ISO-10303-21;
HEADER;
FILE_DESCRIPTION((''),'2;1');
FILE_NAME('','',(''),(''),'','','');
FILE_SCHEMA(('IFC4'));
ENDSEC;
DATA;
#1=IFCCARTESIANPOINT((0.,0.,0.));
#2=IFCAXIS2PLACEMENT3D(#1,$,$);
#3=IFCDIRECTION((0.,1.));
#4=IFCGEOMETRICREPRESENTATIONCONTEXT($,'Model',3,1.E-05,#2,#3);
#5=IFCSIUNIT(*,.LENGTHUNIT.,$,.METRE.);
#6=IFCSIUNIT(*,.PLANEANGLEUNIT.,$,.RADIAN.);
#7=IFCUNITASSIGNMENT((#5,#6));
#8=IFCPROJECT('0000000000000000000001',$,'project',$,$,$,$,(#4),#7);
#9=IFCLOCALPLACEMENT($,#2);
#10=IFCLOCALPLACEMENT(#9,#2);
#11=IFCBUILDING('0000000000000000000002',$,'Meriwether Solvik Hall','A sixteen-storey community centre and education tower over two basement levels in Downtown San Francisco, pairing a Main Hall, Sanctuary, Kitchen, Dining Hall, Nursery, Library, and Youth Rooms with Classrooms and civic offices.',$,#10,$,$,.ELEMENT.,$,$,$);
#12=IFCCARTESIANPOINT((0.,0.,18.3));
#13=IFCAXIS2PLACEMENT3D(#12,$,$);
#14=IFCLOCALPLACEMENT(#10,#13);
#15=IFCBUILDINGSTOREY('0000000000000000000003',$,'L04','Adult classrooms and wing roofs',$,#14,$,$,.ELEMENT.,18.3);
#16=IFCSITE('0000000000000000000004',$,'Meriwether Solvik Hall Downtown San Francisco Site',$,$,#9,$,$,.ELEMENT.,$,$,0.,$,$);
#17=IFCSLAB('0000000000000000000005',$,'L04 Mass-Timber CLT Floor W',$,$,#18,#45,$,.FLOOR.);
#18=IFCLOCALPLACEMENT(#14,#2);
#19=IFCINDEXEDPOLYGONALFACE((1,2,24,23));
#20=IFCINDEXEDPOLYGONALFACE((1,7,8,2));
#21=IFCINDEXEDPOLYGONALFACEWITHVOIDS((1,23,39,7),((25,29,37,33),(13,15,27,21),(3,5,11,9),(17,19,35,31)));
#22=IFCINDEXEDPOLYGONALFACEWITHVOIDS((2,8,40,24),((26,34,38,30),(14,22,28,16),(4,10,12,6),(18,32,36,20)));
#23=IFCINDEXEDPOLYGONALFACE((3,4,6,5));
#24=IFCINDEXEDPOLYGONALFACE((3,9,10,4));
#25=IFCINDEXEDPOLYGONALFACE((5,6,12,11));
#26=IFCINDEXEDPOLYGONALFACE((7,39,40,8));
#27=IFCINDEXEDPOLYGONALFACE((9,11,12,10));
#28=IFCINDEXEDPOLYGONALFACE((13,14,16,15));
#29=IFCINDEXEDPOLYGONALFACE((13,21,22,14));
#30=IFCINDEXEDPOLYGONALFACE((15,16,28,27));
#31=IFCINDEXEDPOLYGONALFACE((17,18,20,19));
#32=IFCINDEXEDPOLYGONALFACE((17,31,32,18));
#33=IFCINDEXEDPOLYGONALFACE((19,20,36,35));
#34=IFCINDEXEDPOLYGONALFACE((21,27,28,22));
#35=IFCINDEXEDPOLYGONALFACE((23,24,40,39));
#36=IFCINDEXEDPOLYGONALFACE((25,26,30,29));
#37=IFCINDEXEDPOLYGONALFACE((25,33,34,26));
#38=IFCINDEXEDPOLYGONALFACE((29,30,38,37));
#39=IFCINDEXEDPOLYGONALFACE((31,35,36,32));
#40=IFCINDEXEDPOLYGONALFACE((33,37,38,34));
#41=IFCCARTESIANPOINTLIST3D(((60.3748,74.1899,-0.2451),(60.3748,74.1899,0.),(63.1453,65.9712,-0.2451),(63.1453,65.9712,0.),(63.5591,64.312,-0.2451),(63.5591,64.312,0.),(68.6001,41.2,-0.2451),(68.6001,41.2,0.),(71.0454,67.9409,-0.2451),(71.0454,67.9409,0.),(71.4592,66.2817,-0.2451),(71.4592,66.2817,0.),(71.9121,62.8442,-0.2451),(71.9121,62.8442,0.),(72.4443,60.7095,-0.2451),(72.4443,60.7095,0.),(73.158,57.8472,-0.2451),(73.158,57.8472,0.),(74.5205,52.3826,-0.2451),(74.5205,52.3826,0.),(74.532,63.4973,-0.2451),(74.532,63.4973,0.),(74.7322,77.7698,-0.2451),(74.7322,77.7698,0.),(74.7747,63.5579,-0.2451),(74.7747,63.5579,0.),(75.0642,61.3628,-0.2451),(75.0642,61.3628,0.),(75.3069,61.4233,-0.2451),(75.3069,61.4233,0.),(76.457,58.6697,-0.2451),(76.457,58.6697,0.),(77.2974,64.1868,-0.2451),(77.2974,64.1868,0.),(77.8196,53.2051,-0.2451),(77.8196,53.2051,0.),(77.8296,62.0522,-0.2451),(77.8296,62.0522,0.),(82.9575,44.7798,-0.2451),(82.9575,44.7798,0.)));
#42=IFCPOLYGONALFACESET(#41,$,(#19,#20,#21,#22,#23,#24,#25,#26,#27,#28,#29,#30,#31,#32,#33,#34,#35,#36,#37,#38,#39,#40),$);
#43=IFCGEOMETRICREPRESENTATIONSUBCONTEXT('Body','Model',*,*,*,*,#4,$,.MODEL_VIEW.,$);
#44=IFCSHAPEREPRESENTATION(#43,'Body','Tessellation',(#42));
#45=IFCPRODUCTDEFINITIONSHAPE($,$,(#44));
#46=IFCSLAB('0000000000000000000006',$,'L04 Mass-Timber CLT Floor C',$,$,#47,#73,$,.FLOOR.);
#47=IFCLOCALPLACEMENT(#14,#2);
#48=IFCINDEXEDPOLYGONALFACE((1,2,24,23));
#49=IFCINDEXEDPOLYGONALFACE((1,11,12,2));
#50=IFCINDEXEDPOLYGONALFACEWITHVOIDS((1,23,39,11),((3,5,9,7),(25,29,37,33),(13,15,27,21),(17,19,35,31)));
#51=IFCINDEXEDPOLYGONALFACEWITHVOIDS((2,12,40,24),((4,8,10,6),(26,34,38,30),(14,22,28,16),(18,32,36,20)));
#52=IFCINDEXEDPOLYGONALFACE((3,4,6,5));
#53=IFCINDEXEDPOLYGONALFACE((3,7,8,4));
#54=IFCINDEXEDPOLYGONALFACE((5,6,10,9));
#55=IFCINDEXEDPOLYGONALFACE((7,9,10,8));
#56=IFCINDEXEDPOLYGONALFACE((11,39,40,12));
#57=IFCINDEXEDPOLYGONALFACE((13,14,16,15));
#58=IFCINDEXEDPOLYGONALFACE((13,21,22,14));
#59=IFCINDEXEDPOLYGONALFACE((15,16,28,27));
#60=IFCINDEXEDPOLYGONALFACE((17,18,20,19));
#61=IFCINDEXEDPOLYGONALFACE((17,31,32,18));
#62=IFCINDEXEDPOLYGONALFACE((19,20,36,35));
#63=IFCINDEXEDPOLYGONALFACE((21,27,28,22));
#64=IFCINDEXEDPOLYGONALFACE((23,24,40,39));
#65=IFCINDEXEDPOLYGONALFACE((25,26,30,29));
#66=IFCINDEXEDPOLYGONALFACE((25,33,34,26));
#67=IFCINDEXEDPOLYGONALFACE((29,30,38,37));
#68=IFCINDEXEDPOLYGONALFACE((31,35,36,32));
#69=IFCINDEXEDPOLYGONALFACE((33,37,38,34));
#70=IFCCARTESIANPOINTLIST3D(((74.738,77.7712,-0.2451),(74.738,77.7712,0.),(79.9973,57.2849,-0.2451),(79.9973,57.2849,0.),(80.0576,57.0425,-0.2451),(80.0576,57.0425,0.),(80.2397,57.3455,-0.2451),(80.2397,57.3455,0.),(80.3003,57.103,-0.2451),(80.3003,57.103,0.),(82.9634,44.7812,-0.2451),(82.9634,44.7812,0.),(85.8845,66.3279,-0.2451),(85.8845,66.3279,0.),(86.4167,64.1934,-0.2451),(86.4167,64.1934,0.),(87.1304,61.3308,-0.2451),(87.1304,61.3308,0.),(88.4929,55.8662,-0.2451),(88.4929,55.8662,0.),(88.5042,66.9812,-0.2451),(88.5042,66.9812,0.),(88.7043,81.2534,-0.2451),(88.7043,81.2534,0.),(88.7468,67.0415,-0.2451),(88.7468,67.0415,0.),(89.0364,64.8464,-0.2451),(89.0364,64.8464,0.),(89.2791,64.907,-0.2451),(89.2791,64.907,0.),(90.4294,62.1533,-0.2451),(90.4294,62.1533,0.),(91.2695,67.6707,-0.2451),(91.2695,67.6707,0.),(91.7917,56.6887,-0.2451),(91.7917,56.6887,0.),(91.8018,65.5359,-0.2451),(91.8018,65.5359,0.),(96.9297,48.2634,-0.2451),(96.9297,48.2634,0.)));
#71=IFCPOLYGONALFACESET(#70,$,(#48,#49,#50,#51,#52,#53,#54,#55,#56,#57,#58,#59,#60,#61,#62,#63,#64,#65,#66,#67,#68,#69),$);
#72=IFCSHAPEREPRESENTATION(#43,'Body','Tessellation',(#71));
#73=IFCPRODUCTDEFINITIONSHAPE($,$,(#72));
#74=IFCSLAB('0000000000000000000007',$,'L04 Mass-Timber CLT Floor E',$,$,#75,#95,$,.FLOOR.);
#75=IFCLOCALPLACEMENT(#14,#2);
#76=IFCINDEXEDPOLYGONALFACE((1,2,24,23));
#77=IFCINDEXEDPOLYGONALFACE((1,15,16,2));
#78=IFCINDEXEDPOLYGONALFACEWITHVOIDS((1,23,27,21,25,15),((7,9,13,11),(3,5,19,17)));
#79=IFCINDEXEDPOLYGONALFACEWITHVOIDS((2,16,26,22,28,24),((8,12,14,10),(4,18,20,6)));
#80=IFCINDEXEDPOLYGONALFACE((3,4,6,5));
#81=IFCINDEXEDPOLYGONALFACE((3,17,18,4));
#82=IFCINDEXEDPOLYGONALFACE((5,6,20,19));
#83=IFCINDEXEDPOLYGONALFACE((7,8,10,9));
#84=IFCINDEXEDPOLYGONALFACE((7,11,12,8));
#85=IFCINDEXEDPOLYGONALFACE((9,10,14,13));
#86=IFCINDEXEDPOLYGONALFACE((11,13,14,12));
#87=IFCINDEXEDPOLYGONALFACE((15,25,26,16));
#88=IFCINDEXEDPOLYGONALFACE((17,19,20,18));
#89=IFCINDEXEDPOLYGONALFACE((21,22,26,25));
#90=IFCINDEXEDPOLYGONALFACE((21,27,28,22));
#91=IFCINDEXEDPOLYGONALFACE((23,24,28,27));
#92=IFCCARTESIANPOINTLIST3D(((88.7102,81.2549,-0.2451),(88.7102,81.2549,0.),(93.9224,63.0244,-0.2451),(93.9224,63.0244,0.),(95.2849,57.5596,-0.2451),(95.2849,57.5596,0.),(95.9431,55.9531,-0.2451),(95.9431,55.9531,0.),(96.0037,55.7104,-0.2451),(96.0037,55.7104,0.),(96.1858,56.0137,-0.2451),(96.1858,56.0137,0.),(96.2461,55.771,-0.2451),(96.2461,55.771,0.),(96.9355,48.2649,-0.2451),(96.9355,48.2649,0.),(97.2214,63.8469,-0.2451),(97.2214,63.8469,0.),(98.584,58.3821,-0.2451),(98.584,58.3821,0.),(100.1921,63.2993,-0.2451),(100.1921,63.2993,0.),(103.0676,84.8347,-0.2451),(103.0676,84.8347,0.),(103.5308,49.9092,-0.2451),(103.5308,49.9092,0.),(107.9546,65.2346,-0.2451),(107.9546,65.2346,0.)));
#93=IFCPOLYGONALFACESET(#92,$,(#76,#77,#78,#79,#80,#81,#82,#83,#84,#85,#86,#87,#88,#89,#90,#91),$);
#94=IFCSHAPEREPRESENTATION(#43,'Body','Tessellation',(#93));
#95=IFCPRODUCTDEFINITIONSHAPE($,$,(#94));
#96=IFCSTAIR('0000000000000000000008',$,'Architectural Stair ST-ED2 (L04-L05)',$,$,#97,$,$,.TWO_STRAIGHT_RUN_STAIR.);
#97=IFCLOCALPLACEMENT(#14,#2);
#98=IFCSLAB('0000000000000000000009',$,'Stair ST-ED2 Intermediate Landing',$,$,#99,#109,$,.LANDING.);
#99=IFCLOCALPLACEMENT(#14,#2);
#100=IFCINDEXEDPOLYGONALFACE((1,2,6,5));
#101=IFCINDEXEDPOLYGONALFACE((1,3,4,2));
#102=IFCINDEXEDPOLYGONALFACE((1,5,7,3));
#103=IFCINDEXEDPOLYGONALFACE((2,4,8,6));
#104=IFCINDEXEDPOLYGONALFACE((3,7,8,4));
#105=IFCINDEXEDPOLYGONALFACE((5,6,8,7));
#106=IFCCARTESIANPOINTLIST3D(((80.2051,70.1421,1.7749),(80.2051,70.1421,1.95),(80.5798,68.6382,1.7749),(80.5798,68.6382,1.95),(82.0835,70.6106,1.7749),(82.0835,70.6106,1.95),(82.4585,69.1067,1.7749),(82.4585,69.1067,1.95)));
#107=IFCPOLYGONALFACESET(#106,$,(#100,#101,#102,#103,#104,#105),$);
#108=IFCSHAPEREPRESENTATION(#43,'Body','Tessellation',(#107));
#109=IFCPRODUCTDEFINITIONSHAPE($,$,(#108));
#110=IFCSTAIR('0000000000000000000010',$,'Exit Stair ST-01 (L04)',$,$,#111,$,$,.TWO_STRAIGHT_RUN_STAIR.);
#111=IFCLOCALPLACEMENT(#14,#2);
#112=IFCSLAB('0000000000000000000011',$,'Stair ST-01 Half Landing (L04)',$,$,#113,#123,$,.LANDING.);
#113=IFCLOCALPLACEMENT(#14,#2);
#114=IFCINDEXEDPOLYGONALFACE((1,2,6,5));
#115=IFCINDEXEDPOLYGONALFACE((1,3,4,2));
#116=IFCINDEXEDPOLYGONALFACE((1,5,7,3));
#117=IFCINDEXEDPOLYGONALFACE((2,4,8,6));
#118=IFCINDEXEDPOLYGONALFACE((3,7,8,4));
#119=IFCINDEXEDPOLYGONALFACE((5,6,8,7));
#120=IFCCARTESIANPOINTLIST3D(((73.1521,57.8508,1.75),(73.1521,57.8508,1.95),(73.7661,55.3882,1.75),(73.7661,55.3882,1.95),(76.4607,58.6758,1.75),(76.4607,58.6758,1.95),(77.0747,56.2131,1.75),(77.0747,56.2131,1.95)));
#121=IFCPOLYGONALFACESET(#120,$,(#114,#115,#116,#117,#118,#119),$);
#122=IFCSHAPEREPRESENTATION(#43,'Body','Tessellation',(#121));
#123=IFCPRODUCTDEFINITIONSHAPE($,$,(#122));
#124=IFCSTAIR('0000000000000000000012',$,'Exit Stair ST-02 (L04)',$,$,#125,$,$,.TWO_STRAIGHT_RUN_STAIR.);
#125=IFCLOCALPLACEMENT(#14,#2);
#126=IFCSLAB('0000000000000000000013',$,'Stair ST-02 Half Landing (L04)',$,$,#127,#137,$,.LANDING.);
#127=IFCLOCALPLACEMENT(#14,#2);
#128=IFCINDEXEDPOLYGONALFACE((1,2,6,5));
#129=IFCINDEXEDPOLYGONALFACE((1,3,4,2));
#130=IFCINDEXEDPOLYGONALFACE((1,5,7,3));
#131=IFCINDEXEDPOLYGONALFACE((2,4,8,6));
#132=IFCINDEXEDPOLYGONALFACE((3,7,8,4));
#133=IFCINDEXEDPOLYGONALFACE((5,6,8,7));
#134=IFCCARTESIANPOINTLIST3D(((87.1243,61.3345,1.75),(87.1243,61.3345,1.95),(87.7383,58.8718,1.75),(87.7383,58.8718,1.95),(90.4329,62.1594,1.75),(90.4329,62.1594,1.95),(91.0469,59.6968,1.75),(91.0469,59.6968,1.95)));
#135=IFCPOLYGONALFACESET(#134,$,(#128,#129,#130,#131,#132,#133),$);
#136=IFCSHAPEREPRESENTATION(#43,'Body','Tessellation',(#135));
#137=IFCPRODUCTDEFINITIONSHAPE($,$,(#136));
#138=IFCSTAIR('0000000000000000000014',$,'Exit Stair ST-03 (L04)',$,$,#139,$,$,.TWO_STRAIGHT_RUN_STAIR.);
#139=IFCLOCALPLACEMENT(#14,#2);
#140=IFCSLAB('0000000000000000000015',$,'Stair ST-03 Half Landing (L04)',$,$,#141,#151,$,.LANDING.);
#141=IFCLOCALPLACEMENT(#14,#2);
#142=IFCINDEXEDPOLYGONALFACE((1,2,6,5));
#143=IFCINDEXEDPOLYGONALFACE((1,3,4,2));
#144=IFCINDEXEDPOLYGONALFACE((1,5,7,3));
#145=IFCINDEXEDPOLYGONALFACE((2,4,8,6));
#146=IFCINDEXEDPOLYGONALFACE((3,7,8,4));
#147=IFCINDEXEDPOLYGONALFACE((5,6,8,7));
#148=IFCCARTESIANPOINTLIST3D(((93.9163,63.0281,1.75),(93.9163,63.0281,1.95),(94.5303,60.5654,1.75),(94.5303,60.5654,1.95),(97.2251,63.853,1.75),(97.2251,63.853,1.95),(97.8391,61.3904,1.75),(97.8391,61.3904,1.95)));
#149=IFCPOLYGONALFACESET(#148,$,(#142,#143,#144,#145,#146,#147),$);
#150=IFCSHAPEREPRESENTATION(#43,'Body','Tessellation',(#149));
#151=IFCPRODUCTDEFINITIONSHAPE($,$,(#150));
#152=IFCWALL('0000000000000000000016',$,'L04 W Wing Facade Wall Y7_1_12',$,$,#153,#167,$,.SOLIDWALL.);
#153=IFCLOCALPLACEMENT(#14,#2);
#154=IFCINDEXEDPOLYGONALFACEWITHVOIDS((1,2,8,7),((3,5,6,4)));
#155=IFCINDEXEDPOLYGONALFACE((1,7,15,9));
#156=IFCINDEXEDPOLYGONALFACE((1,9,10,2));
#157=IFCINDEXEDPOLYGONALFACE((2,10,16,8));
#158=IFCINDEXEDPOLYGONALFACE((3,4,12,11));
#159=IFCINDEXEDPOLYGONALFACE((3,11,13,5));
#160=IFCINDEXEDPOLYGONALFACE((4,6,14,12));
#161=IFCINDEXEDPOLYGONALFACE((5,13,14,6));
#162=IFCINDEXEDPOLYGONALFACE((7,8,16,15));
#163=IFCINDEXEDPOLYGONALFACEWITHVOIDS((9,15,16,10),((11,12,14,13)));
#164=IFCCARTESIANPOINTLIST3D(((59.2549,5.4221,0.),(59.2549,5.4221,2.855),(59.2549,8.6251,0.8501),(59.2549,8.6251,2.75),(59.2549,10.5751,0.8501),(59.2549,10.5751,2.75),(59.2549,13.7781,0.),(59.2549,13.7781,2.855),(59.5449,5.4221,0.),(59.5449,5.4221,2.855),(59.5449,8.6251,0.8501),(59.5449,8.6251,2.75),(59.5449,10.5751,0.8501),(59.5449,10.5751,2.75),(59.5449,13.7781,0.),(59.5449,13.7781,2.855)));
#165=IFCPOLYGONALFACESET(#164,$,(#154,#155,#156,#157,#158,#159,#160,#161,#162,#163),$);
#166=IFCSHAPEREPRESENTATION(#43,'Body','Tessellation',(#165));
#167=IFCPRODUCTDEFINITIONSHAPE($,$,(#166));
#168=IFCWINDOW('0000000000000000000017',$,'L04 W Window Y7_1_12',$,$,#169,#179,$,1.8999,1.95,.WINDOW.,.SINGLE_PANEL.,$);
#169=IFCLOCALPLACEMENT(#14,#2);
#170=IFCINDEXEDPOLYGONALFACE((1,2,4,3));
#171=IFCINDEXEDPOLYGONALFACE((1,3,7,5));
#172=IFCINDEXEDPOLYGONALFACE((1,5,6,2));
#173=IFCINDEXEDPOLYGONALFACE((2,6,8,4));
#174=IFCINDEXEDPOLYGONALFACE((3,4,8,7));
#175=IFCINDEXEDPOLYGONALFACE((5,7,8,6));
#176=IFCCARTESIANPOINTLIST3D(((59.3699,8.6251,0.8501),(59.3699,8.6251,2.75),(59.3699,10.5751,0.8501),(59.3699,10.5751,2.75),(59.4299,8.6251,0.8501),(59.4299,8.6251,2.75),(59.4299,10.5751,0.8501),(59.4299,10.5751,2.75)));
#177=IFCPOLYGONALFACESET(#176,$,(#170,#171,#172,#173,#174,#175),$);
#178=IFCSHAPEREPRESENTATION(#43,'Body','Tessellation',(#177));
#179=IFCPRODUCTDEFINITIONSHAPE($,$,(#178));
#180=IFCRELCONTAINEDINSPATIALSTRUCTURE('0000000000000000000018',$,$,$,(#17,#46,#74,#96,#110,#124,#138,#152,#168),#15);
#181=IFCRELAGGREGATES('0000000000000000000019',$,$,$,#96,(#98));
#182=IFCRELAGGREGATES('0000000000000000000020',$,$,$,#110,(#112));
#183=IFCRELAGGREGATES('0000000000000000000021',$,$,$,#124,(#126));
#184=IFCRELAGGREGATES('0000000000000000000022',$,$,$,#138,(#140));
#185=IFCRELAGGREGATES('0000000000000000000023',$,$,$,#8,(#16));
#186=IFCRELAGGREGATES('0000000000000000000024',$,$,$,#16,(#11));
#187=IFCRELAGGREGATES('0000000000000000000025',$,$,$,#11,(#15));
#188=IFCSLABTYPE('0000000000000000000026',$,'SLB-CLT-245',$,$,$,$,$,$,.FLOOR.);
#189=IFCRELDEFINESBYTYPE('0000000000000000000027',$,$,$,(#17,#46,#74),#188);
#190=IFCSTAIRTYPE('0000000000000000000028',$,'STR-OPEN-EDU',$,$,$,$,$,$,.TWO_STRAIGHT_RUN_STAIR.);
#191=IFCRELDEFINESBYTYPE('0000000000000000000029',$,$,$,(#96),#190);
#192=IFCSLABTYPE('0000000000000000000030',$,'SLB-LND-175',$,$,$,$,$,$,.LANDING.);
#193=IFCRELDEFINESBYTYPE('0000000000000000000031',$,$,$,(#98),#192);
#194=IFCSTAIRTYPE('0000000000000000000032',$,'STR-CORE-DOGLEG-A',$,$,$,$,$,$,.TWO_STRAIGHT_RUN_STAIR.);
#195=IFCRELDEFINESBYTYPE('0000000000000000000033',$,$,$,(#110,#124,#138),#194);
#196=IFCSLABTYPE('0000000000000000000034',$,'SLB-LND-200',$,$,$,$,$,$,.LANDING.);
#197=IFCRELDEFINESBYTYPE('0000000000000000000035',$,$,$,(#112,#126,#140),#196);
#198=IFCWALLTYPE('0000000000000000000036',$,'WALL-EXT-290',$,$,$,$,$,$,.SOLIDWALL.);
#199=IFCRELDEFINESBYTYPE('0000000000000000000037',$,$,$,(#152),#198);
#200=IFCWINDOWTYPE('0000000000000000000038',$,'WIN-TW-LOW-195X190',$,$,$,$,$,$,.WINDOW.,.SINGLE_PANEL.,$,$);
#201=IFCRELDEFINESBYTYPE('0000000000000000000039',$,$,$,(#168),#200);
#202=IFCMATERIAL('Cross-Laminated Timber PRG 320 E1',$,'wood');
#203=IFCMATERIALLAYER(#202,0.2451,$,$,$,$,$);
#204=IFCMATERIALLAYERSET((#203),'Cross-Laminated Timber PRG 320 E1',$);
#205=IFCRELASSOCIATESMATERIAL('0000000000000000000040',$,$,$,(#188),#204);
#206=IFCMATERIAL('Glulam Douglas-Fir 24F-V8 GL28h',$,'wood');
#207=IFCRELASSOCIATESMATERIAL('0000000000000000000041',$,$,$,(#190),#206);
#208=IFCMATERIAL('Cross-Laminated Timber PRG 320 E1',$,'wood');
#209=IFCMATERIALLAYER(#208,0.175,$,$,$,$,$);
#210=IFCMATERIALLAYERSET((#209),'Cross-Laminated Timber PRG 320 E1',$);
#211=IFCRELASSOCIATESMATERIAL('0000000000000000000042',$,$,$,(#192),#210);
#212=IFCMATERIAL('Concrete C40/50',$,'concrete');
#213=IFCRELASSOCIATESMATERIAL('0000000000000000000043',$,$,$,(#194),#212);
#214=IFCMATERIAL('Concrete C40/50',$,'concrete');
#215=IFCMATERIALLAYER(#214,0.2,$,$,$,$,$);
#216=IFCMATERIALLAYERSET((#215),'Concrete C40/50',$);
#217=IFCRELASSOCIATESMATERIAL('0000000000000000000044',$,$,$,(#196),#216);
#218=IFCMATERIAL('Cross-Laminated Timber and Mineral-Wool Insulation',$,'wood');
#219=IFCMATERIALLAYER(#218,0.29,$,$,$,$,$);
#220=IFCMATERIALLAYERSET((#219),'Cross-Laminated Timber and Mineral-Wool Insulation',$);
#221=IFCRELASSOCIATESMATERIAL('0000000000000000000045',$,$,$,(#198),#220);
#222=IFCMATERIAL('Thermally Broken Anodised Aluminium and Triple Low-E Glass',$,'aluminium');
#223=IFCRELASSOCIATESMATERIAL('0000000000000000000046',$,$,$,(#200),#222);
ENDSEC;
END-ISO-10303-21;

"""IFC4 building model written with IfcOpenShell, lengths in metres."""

from ifc_helpers import new_model, si_unit, direction, frame, frame_2d, origin, place, context, subcontext, project, spatial, polyline, rectangle, outline, extrude, material, layer, layer_set, type_object, element, fill, aggregate, save


model = new_model("IFC4")

# Units and contexts
model_context = context("Model", 3, precision=1e-05, world=origin(), true_north=direction((0.0, 1.0)))
body_context = subcontext(model_context, "Body", "Model", "MODEL_VIEW")
ifc_project = project(units=[si_unit("LENGTHUNIT", "METRE"), si_unit("PLANEANGLEUNIT", "RADIAN")], contexts=[model_context])

# Site, building, storey
site_placement = place(None, origin())
site = spatial("IfcSite", under=ifc_project, at=site_placement, Name="Meriwether Solvik Hall Downtown San Francisco Site", CompositionType="ELEMENT", RefElevation=0.0)
building_placement = place(site_placement, origin())
building = spatial("IfcBuilding", under=site, at=building_placement, Name="Meriwether Solvik Hall", Description="A sixteen-storey community centre and education tower over two basement levels in Downtown San Francisco, pairing a Main Hall, Sanctuary, Kitchen, Dining Hall, Nursery, Library, and Youth Rooms with Classrooms and civic offices.", CompositionType="ELEMENT")
storey_placement = place(building_placement, frame((0.0, 0.0, 18.3)))
storey = spatial("IfcBuildingStorey", under=building, at=storey_placement, Name="L04", Description="Adult classrooms and wing roofs", CompositionType="ELEMENT", Elevation=18.3)

# Slabs
ifc_material_1 = material(Name="Cross-Laminated Timber PRG 320 E1", Category="wood")
ifc_layer_1 = layer(ifc_material_1, 0.2451)
ifc_layer_set_1 = layer_set([ifc_layer_1], Name="Cross-Laminated Timber PRG 320 E1")
slab_type_1 = type_object("IfcSlabType", Name="SLB-CLT-245", PredefinedType="FLOOR", material=ifc_layer_set_1)
slab_1_placement = place(storey_placement, frame((0.0, 0.0, -0.2451)))
element("IfcSlab", 1, at=slab_1_placement, inside=storey, type_object=slab_type_1, Name="L04 Mass-Timber CLT Floor W", PredefinedType="FLOOR", context=body_context, shape_type="SweptSolid", body=[
    extrude(outline(polyline([(74.7322, 77.7698), (82.9575, 44.7798), (68.6001, 41.2), (60.3748, 74.1899), (74.7322, 77.7698)]), holes=[polyline([(73.158, 57.8472), (74.5205, 52.3826), (77.8196, 53.2051), (76.457, 58.6697), (73.158, 57.8472)]), polyline([(74.532, 63.4973), (71.9121, 62.8442), (72.4443, 60.7095), (75.0642, 61.3628), (74.532, 63.4973)]), polyline([(77.2974, 64.1868), (74.7747, 63.5579), (75.3069, 61.4233), (77.8296, 62.0522), (77.2974, 64.1868)]), polyline([(63.1453, 65.9712), (63.5591, 64.312), (71.4592, 66.2817), (71.0454, 67.9409), (63.1453, 65.9712)])]), origin(), (0.0, 0.0, 1.0), 0.2451),
])
slab_2_placement = place(storey_placement, frame((0.0, 0.0, -0.2451)))
element("IfcSlab", 2, at=slab_2_placement, inside=storey, type_object=slab_type_1, Name="L04 Mass-Timber CLT Floor C", PredefinedType="FLOOR", context=body_context, shape_type="SweptSolid", body=[
    extrude(outline(polyline([(88.7043, 81.2534), (96.9297, 48.2634), (82.9634, 44.7812), (74.738, 77.7712), (88.7043, 81.2534)]), holes=[polyline([(79.9973, 57.2849), (80.0576, 57.0425), (80.3003, 57.103), (80.2397, 57.3455), (79.9973, 57.2849)]), polyline([(90.4294, 62.1533), (87.1304, 61.3308), (88.4929, 55.8662), (91.7917, 56.6887), (90.4294, 62.1533)]), polyline([(88.5042, 66.9812), (85.8845, 66.3279), (86.4167, 64.1934), (89.0364, 64.8464), (88.5042, 66.9812)]), polyline([(91.2695, 67.6707), (88.7468, 67.0415), (89.2791, 64.907), (91.8018, 65.5359), (91.2695, 67.6707)])]), origin(), (0.0, 0.0, 1.0), 0.2451),
])
slab_3_placement = place(storey_placement, frame((0.0, 0.0, -0.2451)))
element("IfcSlab", 3, at=slab_3_placement, inside=storey, type_object=slab_type_1, Name="L04 Mass-Timber CLT Floor E", PredefinedType="FLOOR", context=body_context, shape_type="SweptSolid", body=[
    extrude(outline(polyline([(103.0676, 84.8347), (107.9546, 65.2346), (100.1921, 63.2993), (103.5308, 49.9092), (96.9355, 48.2649), (88.7102, 81.2549), (103.0676, 84.8347)]), holes=[polyline([(96.1858, 56.0137), (95.9431, 55.9531), (96.0037, 55.7104), (96.2461, 55.771), (96.1858, 56.0137)]), polyline([(93.9224, 63.0244), (95.2849, 57.5596), (98.584, 58.3821), (97.2214, 63.8469), (93.9224, 63.0244)])]), origin(), (0.0, 0.0, 1.0), 0.2451),
])

# Stairs, slabs
ifc_material_2 = material(Name="Glulam Douglas-Fir 24F-V8 GL28h", Category="wood")
stair_type_1 = type_object("IfcStairType", Name="STR-OPEN-EDU", PredefinedType="TWO_STRAIGHT_RUN_STAIR", material=ifc_material_2)
stair_1_placement = place(storey_placement, origin())
stair_1 = element("IfcStair", 4, at=stair_1_placement, inside=storey, type_object=stair_type_1, Name="Architectural Stair ST-ED2 (L04-L05)", PredefinedType="TWO_STRAIGHT_RUN_STAIR")
ifc_material_3 = material(Name="Cross-Laminated Timber PRG 320 E1", Category="wood")
ifc_layer_2 = layer(ifc_material_3, 0.175)
ifc_layer_set_2 = layer_set([ifc_layer_2], Name="Cross-Laminated Timber PRG 320 E1")
slab_type_2 = type_object("IfcSlabType", Name="SLB-LND-175", PredefinedType="LANDING", material=ifc_layer_set_2)
slab_4_placement = place(storey_placement, frame((0.0, 0.0, 1.7749)))
slab_4 = element("IfcSlab", 5, at=slab_4_placement, type_object=slab_type_2, Name="Stair ST-ED2 Intermediate Landing", PredefinedType="LANDING", context=body_context, shape_type="SweptSolid", body=[
    extrude(outline(polyline([(80.5798, 68.6382), (82.4585, 69.1067), (82.0835, 70.6106), (80.2051, 70.1421), (80.5798, 68.6382)])), origin(), (0.0, 0.0, 1.0), 0.175),
])
aggregate(stair_1, [slab_4])
ifc_material_4 = material(Name="Concrete C40/50", Category="concrete")
stair_type_2 = type_object("IfcStairType", Name="STR-CORE-DOGLEG-A", PredefinedType="TWO_STRAIGHT_RUN_STAIR", material=ifc_material_4)
stair_2_placement = place(storey_placement, origin())
stair_2 = element("IfcStair", 6, at=stair_2_placement, inside=storey, type_object=stair_type_2, Name="Exit Stair ST-01 (L04)", PredefinedType="TWO_STRAIGHT_RUN_STAIR")
ifc_material_5 = material(Name="Concrete C40/50", Category="concrete")
ifc_layer_3 = layer(ifc_material_5, 0.2)
ifc_layer_set_3 = layer_set([ifc_layer_3], Name="Concrete C40/50")
slab_type_3 = type_object("IfcSlabType", Name="SLB-LND-200", PredefinedType="LANDING", material=ifc_layer_set_3)
slab_5_placement = place(storey_placement, frame((0.0, 0.0, 1.75)))
slab_5 = element("IfcSlab", 7, at=slab_5_placement, type_object=slab_type_3, Name="Stair ST-01 Half Landing (L04)", PredefinedType="LANDING", context=body_context, shape_type="SweptSolid", body=[
    extrude(outline(polyline([(73.7661, 55.3882), (77.0747, 56.2131), (76.4607, 58.6758), (73.1521, 57.8508), (73.7661, 55.3882)])), origin(), (0.0, 0.0, 1.0), 0.2),
])
aggregate(stair_2, [slab_5])
stair_3_placement = place(storey_placement, origin())
stair_3 = element("IfcStair", 8, at=stair_3_placement, inside=storey, type_object=stair_type_2, Name="Exit Stair ST-02 (L04)", PredefinedType="TWO_STRAIGHT_RUN_STAIR")
slab_6_placement = place(storey_placement, frame((0.0, 0.0, 1.75)))
slab_6 = element("IfcSlab", 9, at=slab_6_placement, type_object=slab_type_3, Name="Stair ST-02 Half Landing (L04)", PredefinedType="LANDING", context=body_context, shape_type="SweptSolid", body=[
    extrude(outline(polyline([(87.7383, 58.8718), (91.0469, 59.6968), (90.4329, 62.1594), (87.1243, 61.3345), (87.7383, 58.8718)])), origin(), (0.0, 0.0, 1.0), 0.2),
])
aggregate(stair_3, [slab_6])
stair_4_placement = place(storey_placement, origin())
stair_4 = element("IfcStair", 10, at=stair_4_placement, inside=storey, type_object=stair_type_2, Name="Exit Stair ST-03 (L04)", PredefinedType="TWO_STRAIGHT_RUN_STAIR")
slab_7_placement = place(storey_placement, frame((0.0, 0.0, 1.75)))
slab_7 = element("IfcSlab", 11, at=slab_7_placement, type_object=slab_type_3, Name="Stair ST-03 Half Landing (L04)", PredefinedType="LANDING", context=body_context, shape_type="SweptSolid", body=[
    extrude(outline(polyline([(94.5303, 60.5654), (97.8391, 61.3904), (97.2251, 63.853), (93.9163, 63.0281), (94.5303, 60.5654)])), origin(), (0.0, 0.0, 1.0), 0.2),
])
aggregate(stair_4, [slab_7])

# Wall, opening, window
ifc_material_6 = material(Name="Cross-Laminated Timber and Mineral-Wool Insulation", Category="wood")
ifc_layer_4 = layer(ifc_material_6, 0.29)
ifc_layer_set_4 = layer_set([ifc_layer_4], Name="Cross-Laminated Timber and Mineral-Wool Insulation")
wall_type = type_object("IfcWallType", Name="WALL-EXT-290", PredefinedType="SOLIDWALL", material=ifc_layer_set_4)
wall_1_placement = place(storey_placement, frame((59.3999, 5.4221, 0.0), z_axis=(0.0, 0.0, 1.0), x_axis=(0.0, 1.0, 0.0)))
wall_1 = element("IfcWall", 12, at=wall_1_placement, inside=storey, type_object=wall_type, Name="L04 W Wing Facade Wall Y7_1_12", PredefinedType="SOLIDWALL", context=body_context, shape_type="SweptSolid", body=[
    extrude(rectangle(XDim=8.356, YDim=0.29, at=frame_2d((4.178, 0.0))), origin(), (0.0, 0.0, 1.0), 2.855),
])
opening_1_placement = place(wall_1_placement, frame((3.2029, 0.0, 0.8501)))
opening_1 = element("IfcOpeningElement", 13, at=opening_1_placement, cuts=wall_1, PredefinedType="OPENING", context=body_context, shape_type="SweptSolid", body=[
    extrude(rectangle(XDim=1.95, YDim=1.8999, at=frame_2d((0.9751, 0.95))), frame((0.0, 0.157, 0.0), z_axis=(0.0, -1.0, 0.0), x_axis=(1.0, 0.0, 0.0)), (0.0, 0.0, 1.0), 0.314),
])
ifc_material_7 = material(Name="Thermally Broken Anodised Aluminium and Triple Low-E Glass", Category="aluminium")
window_type = type_object("IfcWindowType", Name="WIN-TW-LOW-195X190", PartitioningType="SINGLE_PANEL", PredefinedType="WINDOW", material=ifc_material_7)
window_1_placement = place(opening_1_placement, origin())
window_1 = element("IfcWindow", 14, at=window_1_placement, inside=storey, type_object=window_type, Name="L04 W Window Y7_1_12", OverallHeight=1.8999, OverallWidth=1.95, PartitioningType="SINGLE_PANEL", PredefinedType="WINDOW", context=body_context, shape_type="SweptSolid", body=[
    extrude(rectangle(XDim=1.95, YDim=1.8999, at=frame_2d((0.9751, 0.95))), frame((0.0, 0.03, 0.0), z_axis=(0.0, -1.0, 0.0), x_axis=(1.0, 0.0, 0.0)), (0.0, 0.0, 1.0), 0.0601),
])
fill(opening_1, window_1)

save(model, "model.ifc")
